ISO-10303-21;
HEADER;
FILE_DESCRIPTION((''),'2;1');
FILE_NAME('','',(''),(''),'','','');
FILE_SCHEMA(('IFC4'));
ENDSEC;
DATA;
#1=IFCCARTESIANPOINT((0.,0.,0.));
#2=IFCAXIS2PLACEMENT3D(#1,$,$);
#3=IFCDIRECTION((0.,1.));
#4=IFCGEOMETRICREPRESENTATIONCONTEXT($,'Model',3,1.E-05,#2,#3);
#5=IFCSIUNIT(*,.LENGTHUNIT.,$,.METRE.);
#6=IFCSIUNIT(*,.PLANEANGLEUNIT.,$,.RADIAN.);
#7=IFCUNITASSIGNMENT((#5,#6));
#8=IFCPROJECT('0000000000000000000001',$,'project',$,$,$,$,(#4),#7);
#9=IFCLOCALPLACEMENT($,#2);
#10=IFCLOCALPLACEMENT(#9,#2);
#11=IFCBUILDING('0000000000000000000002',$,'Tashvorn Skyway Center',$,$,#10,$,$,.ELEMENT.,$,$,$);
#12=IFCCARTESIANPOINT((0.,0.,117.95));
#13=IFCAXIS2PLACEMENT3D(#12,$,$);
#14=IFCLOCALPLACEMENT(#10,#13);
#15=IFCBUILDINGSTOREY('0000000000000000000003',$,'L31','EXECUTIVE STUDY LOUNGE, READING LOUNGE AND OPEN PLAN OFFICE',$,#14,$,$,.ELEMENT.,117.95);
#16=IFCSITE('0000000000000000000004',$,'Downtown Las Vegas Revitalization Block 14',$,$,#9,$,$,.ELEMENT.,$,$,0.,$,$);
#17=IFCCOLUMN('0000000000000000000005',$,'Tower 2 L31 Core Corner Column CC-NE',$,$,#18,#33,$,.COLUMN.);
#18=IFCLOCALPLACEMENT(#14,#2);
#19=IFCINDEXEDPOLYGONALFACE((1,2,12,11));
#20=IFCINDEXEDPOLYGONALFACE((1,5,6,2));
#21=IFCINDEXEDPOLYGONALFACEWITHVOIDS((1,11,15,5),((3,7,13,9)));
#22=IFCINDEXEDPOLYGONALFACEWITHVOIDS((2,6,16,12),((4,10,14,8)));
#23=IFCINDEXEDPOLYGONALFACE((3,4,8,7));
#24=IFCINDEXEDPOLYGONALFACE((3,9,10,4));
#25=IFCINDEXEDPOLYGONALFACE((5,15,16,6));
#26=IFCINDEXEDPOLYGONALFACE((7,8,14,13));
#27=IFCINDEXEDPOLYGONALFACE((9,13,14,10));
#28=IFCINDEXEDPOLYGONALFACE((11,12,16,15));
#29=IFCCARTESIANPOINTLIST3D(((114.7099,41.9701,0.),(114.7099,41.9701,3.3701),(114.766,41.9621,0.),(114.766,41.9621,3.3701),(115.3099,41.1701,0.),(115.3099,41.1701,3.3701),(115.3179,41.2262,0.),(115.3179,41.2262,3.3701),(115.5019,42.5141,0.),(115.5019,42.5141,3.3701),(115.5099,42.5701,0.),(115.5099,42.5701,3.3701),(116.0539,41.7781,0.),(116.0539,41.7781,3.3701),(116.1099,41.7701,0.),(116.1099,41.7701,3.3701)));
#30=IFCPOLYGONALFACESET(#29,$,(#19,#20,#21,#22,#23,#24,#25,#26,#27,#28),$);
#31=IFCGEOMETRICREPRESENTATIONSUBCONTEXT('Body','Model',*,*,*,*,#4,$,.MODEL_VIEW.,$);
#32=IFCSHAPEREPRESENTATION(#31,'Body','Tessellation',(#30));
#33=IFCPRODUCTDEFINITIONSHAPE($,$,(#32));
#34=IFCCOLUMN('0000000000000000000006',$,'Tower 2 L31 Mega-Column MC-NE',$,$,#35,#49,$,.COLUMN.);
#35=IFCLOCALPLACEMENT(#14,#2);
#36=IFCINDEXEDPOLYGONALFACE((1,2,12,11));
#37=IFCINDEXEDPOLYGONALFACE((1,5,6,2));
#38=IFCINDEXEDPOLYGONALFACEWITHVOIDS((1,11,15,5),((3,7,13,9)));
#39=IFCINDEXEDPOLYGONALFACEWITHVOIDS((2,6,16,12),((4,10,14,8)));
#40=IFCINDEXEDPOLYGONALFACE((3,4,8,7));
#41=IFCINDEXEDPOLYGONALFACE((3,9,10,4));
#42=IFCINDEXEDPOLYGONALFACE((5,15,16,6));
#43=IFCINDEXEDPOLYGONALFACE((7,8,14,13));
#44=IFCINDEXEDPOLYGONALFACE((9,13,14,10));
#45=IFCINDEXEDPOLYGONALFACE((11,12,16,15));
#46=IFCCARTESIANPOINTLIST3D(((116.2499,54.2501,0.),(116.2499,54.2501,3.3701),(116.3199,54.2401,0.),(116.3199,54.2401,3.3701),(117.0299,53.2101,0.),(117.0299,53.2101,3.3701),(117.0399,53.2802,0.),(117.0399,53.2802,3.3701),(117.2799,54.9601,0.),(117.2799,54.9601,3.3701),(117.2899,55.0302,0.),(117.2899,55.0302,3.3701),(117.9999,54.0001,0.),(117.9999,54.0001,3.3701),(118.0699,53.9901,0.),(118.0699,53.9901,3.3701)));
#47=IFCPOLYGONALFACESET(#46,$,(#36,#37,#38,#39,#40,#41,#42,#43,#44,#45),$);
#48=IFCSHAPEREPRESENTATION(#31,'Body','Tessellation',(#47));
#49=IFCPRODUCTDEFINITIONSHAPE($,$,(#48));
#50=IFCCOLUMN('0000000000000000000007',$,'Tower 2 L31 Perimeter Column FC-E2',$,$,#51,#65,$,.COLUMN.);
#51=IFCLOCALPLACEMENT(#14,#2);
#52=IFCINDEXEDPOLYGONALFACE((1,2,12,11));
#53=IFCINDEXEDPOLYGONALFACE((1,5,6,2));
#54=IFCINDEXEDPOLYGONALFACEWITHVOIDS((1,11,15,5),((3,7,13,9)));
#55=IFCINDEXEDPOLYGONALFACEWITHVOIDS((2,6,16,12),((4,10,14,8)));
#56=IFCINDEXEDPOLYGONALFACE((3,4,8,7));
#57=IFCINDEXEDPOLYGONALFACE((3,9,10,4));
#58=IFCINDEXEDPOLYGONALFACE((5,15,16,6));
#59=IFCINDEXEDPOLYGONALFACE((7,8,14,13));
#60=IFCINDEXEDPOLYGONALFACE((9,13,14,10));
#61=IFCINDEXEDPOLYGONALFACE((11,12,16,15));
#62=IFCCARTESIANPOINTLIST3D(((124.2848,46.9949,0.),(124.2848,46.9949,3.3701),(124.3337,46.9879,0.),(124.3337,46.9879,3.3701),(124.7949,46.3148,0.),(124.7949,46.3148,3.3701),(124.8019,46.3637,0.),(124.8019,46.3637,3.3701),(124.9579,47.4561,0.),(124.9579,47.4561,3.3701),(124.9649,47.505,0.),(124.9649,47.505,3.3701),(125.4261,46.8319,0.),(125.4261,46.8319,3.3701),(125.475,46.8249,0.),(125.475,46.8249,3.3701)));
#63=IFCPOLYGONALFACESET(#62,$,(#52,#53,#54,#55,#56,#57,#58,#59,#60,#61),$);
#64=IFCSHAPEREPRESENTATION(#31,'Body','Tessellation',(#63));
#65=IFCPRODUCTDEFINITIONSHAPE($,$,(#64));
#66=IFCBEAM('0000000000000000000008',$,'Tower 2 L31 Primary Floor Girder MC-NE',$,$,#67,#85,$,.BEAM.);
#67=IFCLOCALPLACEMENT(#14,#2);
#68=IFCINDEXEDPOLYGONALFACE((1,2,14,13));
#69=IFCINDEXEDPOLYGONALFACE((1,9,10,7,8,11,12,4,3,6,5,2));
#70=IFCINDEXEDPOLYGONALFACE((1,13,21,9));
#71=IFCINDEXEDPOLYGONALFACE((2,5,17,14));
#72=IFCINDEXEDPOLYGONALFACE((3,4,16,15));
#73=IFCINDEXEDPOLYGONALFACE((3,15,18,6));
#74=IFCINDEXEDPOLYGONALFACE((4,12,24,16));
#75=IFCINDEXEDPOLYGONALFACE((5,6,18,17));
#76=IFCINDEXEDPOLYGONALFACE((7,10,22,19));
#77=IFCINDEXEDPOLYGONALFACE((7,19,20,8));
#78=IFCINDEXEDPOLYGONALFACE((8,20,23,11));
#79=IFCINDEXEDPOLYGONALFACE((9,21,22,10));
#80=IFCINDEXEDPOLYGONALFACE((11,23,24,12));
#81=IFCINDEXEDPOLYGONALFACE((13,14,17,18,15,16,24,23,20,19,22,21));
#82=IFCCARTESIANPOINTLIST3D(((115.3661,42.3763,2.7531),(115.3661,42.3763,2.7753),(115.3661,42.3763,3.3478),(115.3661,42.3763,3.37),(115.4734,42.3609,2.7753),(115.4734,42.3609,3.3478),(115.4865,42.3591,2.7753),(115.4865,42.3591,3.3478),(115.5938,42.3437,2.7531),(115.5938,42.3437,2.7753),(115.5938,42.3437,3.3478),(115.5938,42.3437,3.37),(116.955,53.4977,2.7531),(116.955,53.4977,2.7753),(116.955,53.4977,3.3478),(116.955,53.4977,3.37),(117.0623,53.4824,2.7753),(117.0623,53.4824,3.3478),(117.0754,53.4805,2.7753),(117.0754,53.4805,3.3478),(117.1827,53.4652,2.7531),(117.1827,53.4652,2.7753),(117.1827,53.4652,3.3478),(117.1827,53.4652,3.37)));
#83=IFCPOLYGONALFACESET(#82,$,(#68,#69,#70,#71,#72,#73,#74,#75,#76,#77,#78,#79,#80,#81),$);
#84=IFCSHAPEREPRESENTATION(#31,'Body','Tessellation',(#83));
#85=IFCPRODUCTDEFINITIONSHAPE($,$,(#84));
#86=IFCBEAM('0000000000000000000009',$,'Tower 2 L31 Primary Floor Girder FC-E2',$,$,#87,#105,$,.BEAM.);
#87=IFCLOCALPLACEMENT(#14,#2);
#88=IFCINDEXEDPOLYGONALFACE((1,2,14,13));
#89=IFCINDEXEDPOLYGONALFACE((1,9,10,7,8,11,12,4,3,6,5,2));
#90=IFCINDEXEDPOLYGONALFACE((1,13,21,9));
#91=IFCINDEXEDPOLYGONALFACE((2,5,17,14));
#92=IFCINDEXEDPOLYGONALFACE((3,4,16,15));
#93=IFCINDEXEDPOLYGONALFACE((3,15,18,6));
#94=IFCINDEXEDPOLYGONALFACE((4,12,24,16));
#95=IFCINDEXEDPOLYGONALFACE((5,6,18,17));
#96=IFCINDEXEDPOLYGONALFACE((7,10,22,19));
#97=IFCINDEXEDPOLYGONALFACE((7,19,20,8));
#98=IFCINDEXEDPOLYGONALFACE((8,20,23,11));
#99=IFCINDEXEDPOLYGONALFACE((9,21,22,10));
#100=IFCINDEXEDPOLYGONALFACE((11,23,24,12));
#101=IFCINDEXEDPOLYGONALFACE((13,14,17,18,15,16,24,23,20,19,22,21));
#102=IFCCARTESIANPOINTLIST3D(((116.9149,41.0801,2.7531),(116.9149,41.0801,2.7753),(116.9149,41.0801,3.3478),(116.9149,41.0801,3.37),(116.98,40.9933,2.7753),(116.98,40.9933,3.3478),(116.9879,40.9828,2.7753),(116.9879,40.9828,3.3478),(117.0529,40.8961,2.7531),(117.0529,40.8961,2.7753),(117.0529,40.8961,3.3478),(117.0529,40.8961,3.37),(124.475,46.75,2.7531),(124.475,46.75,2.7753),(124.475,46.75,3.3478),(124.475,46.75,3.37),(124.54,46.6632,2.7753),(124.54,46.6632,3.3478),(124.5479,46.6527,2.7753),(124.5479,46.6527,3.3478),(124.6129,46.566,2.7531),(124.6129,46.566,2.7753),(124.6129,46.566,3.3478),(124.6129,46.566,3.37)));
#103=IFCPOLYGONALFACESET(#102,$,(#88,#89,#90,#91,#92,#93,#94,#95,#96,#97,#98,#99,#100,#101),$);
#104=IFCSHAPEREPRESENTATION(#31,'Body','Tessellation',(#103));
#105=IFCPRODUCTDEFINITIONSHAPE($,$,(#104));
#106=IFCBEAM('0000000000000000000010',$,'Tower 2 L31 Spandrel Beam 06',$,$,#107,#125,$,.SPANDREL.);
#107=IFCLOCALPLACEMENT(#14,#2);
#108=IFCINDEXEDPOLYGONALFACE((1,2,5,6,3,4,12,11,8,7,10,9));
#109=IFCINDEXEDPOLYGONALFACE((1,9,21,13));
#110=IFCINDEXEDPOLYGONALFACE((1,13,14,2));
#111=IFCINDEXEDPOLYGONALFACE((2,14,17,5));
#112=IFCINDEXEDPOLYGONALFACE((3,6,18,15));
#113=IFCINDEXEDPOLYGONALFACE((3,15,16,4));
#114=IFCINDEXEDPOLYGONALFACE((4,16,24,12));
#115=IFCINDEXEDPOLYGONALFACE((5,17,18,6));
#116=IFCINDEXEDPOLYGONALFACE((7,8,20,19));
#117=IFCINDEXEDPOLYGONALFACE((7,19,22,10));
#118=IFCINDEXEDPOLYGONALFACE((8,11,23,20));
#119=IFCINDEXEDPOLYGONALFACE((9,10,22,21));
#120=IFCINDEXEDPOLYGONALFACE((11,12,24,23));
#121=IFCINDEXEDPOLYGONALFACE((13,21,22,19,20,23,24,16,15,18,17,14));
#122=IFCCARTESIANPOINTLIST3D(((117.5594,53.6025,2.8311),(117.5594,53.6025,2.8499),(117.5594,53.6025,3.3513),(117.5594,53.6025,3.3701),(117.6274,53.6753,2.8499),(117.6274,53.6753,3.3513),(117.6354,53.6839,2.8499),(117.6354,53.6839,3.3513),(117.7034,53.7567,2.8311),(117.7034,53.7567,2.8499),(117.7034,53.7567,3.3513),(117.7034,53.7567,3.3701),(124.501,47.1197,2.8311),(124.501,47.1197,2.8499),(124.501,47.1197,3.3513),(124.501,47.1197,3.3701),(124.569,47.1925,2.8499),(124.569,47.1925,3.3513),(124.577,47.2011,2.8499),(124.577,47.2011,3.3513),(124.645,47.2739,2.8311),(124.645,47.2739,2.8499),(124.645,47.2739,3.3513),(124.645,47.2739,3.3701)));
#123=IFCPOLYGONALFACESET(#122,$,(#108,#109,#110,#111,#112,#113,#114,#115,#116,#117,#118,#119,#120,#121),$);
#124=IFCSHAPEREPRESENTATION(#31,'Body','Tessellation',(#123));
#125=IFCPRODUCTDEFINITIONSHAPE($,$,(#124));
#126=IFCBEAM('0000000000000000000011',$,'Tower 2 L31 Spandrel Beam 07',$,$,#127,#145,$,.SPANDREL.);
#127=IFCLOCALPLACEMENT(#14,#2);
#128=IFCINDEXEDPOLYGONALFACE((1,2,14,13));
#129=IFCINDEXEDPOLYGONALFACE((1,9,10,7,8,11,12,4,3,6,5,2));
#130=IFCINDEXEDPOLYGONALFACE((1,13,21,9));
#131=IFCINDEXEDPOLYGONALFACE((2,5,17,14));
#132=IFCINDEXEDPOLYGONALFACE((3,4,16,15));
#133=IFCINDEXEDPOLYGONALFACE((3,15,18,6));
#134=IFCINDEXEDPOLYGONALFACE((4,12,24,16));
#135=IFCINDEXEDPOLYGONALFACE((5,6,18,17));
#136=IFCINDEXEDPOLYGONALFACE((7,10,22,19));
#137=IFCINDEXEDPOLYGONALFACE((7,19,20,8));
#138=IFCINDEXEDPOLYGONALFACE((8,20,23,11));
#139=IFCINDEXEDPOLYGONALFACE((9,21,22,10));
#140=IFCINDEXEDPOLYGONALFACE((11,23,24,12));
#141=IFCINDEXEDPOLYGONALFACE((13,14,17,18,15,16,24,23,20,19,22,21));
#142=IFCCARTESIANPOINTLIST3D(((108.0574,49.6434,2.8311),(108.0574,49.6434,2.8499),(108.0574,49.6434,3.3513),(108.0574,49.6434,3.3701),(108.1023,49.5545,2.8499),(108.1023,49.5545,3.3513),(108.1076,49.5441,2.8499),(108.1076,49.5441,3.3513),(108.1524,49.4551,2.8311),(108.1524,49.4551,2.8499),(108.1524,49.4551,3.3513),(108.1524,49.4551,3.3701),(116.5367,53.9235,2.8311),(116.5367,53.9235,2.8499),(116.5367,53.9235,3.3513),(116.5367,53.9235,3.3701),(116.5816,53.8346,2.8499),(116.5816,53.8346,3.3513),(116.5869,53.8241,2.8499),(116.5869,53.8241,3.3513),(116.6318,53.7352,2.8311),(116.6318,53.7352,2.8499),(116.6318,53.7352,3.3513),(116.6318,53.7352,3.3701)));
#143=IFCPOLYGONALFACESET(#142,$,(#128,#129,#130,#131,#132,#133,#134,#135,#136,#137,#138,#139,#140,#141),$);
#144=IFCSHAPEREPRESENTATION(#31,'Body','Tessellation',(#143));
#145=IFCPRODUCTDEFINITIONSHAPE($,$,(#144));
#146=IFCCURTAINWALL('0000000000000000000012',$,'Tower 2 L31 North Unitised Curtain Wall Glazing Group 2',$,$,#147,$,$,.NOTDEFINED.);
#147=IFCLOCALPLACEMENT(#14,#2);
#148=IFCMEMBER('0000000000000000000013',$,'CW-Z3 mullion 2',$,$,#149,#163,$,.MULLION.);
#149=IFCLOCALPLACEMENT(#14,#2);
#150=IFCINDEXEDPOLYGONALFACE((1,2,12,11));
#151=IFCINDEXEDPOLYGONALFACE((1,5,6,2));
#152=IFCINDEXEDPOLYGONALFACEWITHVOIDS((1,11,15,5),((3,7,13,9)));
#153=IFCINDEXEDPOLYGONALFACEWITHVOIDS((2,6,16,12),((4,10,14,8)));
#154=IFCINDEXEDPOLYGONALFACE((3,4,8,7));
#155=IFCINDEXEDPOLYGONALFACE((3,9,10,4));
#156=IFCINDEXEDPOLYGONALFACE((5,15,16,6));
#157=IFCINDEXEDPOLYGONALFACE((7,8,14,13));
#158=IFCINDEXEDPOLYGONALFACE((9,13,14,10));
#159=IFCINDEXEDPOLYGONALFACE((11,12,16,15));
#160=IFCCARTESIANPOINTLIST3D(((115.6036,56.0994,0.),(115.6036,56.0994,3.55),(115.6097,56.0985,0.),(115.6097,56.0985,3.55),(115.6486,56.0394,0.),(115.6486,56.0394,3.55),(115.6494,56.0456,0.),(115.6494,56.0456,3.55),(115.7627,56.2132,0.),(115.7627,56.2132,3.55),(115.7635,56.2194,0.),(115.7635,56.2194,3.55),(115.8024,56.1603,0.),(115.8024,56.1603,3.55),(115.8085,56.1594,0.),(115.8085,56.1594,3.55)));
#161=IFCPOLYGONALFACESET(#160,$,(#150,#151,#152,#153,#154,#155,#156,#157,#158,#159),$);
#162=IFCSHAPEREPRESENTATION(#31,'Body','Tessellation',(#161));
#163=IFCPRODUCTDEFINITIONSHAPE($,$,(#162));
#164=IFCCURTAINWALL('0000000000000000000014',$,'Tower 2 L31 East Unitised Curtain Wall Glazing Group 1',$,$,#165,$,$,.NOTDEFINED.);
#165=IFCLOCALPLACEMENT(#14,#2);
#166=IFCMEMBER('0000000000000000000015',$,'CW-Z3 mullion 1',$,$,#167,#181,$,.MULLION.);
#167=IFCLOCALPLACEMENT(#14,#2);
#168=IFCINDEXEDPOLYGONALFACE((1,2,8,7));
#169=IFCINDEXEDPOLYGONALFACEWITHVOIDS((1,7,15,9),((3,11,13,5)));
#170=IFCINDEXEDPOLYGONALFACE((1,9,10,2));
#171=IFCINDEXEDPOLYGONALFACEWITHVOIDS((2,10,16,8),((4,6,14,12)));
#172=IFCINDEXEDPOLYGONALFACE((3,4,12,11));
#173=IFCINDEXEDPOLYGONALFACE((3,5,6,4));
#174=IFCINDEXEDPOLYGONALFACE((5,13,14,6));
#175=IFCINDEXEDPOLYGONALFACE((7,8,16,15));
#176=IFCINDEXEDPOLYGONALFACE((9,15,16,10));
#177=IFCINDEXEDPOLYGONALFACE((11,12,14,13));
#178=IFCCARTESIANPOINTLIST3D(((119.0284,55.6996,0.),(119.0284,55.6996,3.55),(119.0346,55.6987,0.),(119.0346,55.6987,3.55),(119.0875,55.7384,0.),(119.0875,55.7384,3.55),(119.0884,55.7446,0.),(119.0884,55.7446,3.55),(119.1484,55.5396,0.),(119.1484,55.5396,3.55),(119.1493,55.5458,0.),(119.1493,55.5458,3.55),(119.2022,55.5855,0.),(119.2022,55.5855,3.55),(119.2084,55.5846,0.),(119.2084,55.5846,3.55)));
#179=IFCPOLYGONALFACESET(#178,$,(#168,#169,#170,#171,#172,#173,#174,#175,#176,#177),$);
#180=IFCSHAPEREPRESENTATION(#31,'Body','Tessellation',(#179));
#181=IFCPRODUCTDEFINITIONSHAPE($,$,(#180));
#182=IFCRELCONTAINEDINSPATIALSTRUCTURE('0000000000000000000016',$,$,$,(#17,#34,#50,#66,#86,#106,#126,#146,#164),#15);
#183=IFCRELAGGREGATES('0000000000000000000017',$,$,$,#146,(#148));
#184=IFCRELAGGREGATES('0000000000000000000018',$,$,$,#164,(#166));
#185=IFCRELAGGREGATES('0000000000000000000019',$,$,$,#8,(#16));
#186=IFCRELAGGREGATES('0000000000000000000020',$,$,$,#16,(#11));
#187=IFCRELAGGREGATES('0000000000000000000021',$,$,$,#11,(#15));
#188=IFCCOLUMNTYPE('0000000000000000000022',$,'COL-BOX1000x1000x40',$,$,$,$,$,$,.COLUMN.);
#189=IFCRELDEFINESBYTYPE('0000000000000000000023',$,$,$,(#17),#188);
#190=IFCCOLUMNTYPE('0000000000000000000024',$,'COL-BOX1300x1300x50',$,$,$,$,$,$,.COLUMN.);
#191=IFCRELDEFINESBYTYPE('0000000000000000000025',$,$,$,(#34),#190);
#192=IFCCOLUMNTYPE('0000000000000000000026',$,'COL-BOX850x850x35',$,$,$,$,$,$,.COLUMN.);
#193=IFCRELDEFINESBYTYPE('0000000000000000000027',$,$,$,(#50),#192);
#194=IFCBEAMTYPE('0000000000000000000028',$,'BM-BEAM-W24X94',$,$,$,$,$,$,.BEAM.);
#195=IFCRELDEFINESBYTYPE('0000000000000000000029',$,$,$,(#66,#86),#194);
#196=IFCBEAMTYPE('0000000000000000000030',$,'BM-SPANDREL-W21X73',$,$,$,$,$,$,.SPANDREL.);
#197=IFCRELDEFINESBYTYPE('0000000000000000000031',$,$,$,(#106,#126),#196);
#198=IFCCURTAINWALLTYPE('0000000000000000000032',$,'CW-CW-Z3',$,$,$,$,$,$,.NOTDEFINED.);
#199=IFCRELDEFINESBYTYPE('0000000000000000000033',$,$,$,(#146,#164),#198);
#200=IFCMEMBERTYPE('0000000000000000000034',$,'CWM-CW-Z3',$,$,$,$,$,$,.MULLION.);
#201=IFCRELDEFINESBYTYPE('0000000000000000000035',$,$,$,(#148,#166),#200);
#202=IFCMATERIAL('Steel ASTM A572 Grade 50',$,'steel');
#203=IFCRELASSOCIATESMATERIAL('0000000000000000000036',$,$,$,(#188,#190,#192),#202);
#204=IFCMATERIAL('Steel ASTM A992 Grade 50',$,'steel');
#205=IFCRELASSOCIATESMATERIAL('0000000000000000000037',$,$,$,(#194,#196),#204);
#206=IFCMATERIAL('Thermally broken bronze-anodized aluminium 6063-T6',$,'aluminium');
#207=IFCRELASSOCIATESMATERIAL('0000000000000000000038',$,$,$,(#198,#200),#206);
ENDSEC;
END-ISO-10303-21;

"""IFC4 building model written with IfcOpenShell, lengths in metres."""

from ifc_helpers import new_model, si_unit, direction, frame, origin, origin_2d, place, context, subcontext, project, spatial, hollow_rectangle, i_section, extrude, material, material_profile, profile_set, type_object, element, aggregate, save


model = new_model("IFC4")

# Units and contexts
model_context = context("Model", 3, precision=1e-05, world=origin(), true_north=direction((0.0, 1.0)))
body_context = subcontext(model_context, "Body", "Model", "MODEL_VIEW")
ifc_project = project(units=[si_unit("LENGTHUNIT", "METRE"), si_unit("PLANEANGLEUNIT", "RADIAN")], contexts=[model_context])

# Site, building, storey
site_placement = place(None, origin())
site = spatial("IfcSite", under=ifc_project, at=site_placement, Name="Downtown Las Vegas Revitalization Block 14", CompositionType="ELEMENT", RefElevation=0.0)
building_placement = place(site_placement, origin())
building = spatial("IfcBuilding", under=site, at=building_placement, Name="Tashvorn Skyway Center", CompositionType="ELEMENT")
storey_placement = place(building_placement, frame((0.0, 0.0, 117.95)))
storey = spatial("IfcBuildingStorey", under=building, at=storey_placement, Name="L31", Description="EXECUTIVE STUDY LOUNGE, READING LOUNGE AND OPEN PLAN OFFICE", CompositionType="ELEMENT", Elevation=117.95)

# Columns
ifc_material_1 = material(Name="Steel ASTM A572 Grade 50", Category="steel")
ifc_material_profile_1 = material_profile(ifc_material_1, hollow_rectangle(XDim=1.0, YDim=1.0, WallThickness=0.04, at=origin_2d()), Name="BOX1000x1000x40")
ifc_profile_set_1 = profile_set([ifc_material_profile_1], Name="Steel ASTM A572 Grade 50")
column_type_1 = type_object("IfcColumnType", Name="COL-BOX1000x1000x40", PredefinedType="COLUMN", material=ifc_profile_set_1)
column_1_placement = place(storey_placement, frame((115.4099, 41.8701, 0.0), z_axis=(0.0, 0.0, 1.0), x_axis=(0.8, 0.6, 0.0)))
element("IfcColumn", 1, at=column_1_placement, inside=storey, type_object=column_type_1, Name="Tower 2 L31 Core Corner Column CC-NE", PredefinedType="COLUMN", context=body_context, shape_type="SweptSolid", body=[
    extrude(hollow_rectangle(XDim=1.0, YDim=1.0, WallThickness=0.04, at=origin_2d()), origin(), (0.0, 0.0, 1.0), 3.3701),
])
ifc_material_profile_2 = material_profile(ifc_material_1, hollow_rectangle(XDim=1.3, YDim=1.3, WallThickness=0.05, at=origin_2d()), Name="BOX1300x1300x50")
ifc_profile_set_2 = profile_set([ifc_material_profile_2], Name="Steel ASTM A572 Grade 50")
column_type_2 = type_object("IfcColumnType", Name="COL-BOX1300x1300x50", PredefinedType="COLUMN", material=ifc_profile_set_2)
column_2_placement = place(storey_placement, frame((117.1599, 54.1201, 0.0), z_axis=(0.0, 0.0, 1.0), x_axis=(0.8, 0.6, 0.0)))
element("IfcColumn", 2, at=column_2_placement, inside=storey, type_object=column_type_2, Name="Tower 2 L31 Mega-Column MC-NE", PredefinedType="COLUMN", context=body_context, shape_type="SweptSolid", body=[
    extrude(hollow_rectangle(XDim=1.3, YDim=1.3, WallThickness=0.05, at=origin_2d()), origin(), (0.0, 0.0, 1.0), 3.3701),
])
ifc_material_profile_3 = material_profile(ifc_material_1, hollow_rectangle(XDim=0.8501, YDim=0.8501, WallThickness=0.0349, at=origin_2d()), Name="BOX850x850x35")
ifc_profile_set_3 = profile_set([ifc_material_profile_3], Name="Steel ASTM A572 Grade 50")
column_type_3 = type_object("IfcColumnType", Name="COL-BOX850x850x35", PredefinedType="COLUMN", material=ifc_profile_set_3)
column_3_placement = place(storey_placement, frame((124.8799, 46.9099, 0.0), z_axis=(0.0, 0.0, 1.0), x_axis=(0.8, 0.6, 0.0)))
element("IfcColumn", 3, at=column_3_placement, inside=storey, type_object=column_type_3, Name="Tower 2 L31 Perimeter Column FC-E2", PredefinedType="COLUMN", context=body_context, shape_type="SweptSolid", body=[
    extrude(hollow_rectangle(XDim=0.8501, YDim=0.8501, WallThickness=0.0349, at=origin_2d()), origin(), (0.0, 0.0, 1.0), 3.3701),
])

# Beams
ifc_material_2 = material(Name="Steel ASTM A992 Grade 50", Category="steel")
ifc_material_profile_4 = material_profile(ifc_material_2, i_section(OverallWidth=0.23, OverallDepth=0.6169, WebThickness=0.0132, FlangeThickness=0.0222, at=origin_2d()), Name="W24X94")
ifc_profile_set_4 = profile_set([ifc_material_profile_4], Name="Steel ASTM A992 Grade 50")
beam_type_1 = type_object("IfcBeamType", Name="BM-BEAM-W24X94", PredefinedType="BEAM", material=ifc_profile_set_4)
beam_1_placement = place(storey_placement, frame((117.0688, 53.4814, 3.0615), z_axis=(-0.14143, -0.989948, 0.0), x_axis=(0.989948, -0.14143, 0.0)))
element("IfcBeam", 4, at=beam_1_placement, inside=storey, type_object=beam_type_1, Name="Tower 2 L31 Primary Floor Girder MC-NE", PredefinedType="BEAM", context=body_context, shape_type="SweptSolid", body=[
    extrude(i_section(OverallWidth=0.23, OverallDepth=0.6169, WebThickness=0.0132, FlangeThickness=0.0222, at=origin_2d()), origin(), (0.0, 0.0, 1.0), 11.2344),
])
beam_2_placement = place(storey_placement, frame((124.5439, 46.658, 3.0615), z_axis=(-0.800006, -0.599992, 0.0), x_axis=(0.599992, -0.800006, 0.0)))
element("IfcBeam", 5, at=beam_2_placement, inside=storey, type_object=beam_type_1, Name="Tower 2 L31 Primary Floor Girder FC-E2", PredefinedType="BEAM", context=body_context, shape_type="SweptSolid", body=[
    extrude(i_section(OverallWidth=0.23, OverallDepth=0.6169, WebThickness=0.0132, FlangeThickness=0.0222, at=origin_2d()), origin(), (0.0, 0.0, 1.0), 9.45),
])
ifc_material_profile_5 = material_profile(ifc_material_2, i_section(OverallWidth=0.2109, OverallDepth=0.5391, WebThickness=0.0117, FlangeThickness=0.0188, at=origin_2d()), Name="W21X73")
ifc_profile_set_5 = profile_set([ifc_material_profile_5], Name="Steel ASTM A992 Grade 50")
beam_type_2 = type_object("IfcBeamType", Name="BM-SPANDREL-W21X73", PredefinedType="SPANDREL", material=ifc_profile_set_5)
beam_3_placement = place(storey_placement, frame((124.573, 47.1968, 3.1006), z_axis=(-0.730843, 0.682545, 0.0), x_axis=(-0.682545, -0.730843, 0.0)))
element("IfcBeam", 6, at=beam_3_placement, inside=storey, type_object=beam_type_2, Name="Tower 2 L31 Spandrel Beam 06", PredefinedType="SPANDREL", context=body_context, shape_type="SweptSolid", body=[
    extrude(i_section(OverallWidth=0.2109, OverallDepth=0.5391, WebThickness=0.0117, FlangeThickness=0.0188, at=origin_2d()), origin(), (0.0, 0.0, 1.0), 9.498),
])
beam_4_placement = place(storey_placement, frame((116.5842, 53.8293, 3.1006), z_axis=(-0.892719, -0.450614, 0.0), x_axis=(0.450614, -0.892719, 0.0)))
element("IfcBeam", 7, at=beam_4_placement, inside=storey, type_object=beam_type_2, Name="Tower 2 L31 Spandrel Beam 07", PredefinedType="SPANDREL", context=body_context, shape_type="SweptSolid", body=[
    extrude(i_section(OverallWidth=0.2109, OverallDepth=0.5391, WebThickness=0.0117, FlangeThickness=0.0188, at=origin_2d()), origin(), (0.0, 0.0, 1.0), 9.4983),
])

# Curtain wall, member
ifc_material_3 = material(Name="Thermally broken bronze-anodized aluminium 6063-T6", Category="aluminium")
curtain_wall_type = type_object("IfcCurtainWallType", Name="CW-CW-Z3", PredefinedType="NOTDEFINED", material=ifc_material_3)
curtain_wall_1_placement = place(storey_placement, origin())
curtain_wall_1 = element("IfcCurtainWall", 8, at=curtain_wall_1_placement, inside=storey, type_object=curtain_wall_type, Name="Tower 2 L31 North Unitised Curtain Wall Glazing Group 2", PredefinedType="NOTDEFINED")
ifc_material_profile_6 = material_profile(ifc_material_3, hollow_rectangle(XDim=0.075, YDim=0.2, WallThickness=0.0044, at=origin_2d()), Name="ALU-MULL-75x200")
ifc_profile_set_6 = profile_set([ifc_material_profile_6], Name="Thermally broken bronze-anodized aluminium 6063-T6")
member_type_1 = type_object("IfcMemberType", Name="CWM-CW-Z3", PredefinedType="MULLION", material=ifc_profile_set_6)
member_1_placement = place(storey_placement, frame((115.7061, 56.1294, 0.0), z_axis=(0.0, 0.0, 1.0), x_axis=(-0.600002, 0.799999, 0.0)))
member_1 = element("IfcMember", 9, at=member_1_placement, type_object=member_type_1, Name="CW-Z3 mullion 2", PredefinedType="MULLION", context=body_context, shape_type="SweptSolid", body=[
    extrude(hollow_rectangle(XDim=0.075, YDim=0.2, WallThickness=0.0044, at=origin_2d()), origin(), (0.0, 0.0, 1.0), 3.55),
])
aggregate(curtain_wall_1, [member_1])

# Curtain wall, member
curtain_wall_2_placement = place(storey_placement, origin())
curtain_wall_2 = element("IfcCurtainWall", 10, at=curtain_wall_2_placement, inside=storey, type_object=curtain_wall_type, Name="Tower 2 L31 East Unitised Curtain Wall Glazing Group 1", PredefinedType="NOTDEFINED")
member_2_placement = place(storey_placement, frame((119.1184, 55.6421, 0.0), z_axis=(0.0, 0.0, 1.0), x_axis=(0.799999, 0.600002, 0.0)))
member_2 = element("IfcMember", 11, at=member_2_placement, type_object=member_type_1, Name="CW-Z3 mullion 1", PredefinedType="MULLION", context=body_context, shape_type="SweptSolid", body=[
    extrude(hollow_rectangle(XDim=0.075, YDim=0.2, WallThickness=0.0044, at=origin_2d()), origin(), (0.0, 0.0, 1.0), 3.55),
])
aggregate(curtain_wall_2, [member_2])

save(model, "model.ifc")
